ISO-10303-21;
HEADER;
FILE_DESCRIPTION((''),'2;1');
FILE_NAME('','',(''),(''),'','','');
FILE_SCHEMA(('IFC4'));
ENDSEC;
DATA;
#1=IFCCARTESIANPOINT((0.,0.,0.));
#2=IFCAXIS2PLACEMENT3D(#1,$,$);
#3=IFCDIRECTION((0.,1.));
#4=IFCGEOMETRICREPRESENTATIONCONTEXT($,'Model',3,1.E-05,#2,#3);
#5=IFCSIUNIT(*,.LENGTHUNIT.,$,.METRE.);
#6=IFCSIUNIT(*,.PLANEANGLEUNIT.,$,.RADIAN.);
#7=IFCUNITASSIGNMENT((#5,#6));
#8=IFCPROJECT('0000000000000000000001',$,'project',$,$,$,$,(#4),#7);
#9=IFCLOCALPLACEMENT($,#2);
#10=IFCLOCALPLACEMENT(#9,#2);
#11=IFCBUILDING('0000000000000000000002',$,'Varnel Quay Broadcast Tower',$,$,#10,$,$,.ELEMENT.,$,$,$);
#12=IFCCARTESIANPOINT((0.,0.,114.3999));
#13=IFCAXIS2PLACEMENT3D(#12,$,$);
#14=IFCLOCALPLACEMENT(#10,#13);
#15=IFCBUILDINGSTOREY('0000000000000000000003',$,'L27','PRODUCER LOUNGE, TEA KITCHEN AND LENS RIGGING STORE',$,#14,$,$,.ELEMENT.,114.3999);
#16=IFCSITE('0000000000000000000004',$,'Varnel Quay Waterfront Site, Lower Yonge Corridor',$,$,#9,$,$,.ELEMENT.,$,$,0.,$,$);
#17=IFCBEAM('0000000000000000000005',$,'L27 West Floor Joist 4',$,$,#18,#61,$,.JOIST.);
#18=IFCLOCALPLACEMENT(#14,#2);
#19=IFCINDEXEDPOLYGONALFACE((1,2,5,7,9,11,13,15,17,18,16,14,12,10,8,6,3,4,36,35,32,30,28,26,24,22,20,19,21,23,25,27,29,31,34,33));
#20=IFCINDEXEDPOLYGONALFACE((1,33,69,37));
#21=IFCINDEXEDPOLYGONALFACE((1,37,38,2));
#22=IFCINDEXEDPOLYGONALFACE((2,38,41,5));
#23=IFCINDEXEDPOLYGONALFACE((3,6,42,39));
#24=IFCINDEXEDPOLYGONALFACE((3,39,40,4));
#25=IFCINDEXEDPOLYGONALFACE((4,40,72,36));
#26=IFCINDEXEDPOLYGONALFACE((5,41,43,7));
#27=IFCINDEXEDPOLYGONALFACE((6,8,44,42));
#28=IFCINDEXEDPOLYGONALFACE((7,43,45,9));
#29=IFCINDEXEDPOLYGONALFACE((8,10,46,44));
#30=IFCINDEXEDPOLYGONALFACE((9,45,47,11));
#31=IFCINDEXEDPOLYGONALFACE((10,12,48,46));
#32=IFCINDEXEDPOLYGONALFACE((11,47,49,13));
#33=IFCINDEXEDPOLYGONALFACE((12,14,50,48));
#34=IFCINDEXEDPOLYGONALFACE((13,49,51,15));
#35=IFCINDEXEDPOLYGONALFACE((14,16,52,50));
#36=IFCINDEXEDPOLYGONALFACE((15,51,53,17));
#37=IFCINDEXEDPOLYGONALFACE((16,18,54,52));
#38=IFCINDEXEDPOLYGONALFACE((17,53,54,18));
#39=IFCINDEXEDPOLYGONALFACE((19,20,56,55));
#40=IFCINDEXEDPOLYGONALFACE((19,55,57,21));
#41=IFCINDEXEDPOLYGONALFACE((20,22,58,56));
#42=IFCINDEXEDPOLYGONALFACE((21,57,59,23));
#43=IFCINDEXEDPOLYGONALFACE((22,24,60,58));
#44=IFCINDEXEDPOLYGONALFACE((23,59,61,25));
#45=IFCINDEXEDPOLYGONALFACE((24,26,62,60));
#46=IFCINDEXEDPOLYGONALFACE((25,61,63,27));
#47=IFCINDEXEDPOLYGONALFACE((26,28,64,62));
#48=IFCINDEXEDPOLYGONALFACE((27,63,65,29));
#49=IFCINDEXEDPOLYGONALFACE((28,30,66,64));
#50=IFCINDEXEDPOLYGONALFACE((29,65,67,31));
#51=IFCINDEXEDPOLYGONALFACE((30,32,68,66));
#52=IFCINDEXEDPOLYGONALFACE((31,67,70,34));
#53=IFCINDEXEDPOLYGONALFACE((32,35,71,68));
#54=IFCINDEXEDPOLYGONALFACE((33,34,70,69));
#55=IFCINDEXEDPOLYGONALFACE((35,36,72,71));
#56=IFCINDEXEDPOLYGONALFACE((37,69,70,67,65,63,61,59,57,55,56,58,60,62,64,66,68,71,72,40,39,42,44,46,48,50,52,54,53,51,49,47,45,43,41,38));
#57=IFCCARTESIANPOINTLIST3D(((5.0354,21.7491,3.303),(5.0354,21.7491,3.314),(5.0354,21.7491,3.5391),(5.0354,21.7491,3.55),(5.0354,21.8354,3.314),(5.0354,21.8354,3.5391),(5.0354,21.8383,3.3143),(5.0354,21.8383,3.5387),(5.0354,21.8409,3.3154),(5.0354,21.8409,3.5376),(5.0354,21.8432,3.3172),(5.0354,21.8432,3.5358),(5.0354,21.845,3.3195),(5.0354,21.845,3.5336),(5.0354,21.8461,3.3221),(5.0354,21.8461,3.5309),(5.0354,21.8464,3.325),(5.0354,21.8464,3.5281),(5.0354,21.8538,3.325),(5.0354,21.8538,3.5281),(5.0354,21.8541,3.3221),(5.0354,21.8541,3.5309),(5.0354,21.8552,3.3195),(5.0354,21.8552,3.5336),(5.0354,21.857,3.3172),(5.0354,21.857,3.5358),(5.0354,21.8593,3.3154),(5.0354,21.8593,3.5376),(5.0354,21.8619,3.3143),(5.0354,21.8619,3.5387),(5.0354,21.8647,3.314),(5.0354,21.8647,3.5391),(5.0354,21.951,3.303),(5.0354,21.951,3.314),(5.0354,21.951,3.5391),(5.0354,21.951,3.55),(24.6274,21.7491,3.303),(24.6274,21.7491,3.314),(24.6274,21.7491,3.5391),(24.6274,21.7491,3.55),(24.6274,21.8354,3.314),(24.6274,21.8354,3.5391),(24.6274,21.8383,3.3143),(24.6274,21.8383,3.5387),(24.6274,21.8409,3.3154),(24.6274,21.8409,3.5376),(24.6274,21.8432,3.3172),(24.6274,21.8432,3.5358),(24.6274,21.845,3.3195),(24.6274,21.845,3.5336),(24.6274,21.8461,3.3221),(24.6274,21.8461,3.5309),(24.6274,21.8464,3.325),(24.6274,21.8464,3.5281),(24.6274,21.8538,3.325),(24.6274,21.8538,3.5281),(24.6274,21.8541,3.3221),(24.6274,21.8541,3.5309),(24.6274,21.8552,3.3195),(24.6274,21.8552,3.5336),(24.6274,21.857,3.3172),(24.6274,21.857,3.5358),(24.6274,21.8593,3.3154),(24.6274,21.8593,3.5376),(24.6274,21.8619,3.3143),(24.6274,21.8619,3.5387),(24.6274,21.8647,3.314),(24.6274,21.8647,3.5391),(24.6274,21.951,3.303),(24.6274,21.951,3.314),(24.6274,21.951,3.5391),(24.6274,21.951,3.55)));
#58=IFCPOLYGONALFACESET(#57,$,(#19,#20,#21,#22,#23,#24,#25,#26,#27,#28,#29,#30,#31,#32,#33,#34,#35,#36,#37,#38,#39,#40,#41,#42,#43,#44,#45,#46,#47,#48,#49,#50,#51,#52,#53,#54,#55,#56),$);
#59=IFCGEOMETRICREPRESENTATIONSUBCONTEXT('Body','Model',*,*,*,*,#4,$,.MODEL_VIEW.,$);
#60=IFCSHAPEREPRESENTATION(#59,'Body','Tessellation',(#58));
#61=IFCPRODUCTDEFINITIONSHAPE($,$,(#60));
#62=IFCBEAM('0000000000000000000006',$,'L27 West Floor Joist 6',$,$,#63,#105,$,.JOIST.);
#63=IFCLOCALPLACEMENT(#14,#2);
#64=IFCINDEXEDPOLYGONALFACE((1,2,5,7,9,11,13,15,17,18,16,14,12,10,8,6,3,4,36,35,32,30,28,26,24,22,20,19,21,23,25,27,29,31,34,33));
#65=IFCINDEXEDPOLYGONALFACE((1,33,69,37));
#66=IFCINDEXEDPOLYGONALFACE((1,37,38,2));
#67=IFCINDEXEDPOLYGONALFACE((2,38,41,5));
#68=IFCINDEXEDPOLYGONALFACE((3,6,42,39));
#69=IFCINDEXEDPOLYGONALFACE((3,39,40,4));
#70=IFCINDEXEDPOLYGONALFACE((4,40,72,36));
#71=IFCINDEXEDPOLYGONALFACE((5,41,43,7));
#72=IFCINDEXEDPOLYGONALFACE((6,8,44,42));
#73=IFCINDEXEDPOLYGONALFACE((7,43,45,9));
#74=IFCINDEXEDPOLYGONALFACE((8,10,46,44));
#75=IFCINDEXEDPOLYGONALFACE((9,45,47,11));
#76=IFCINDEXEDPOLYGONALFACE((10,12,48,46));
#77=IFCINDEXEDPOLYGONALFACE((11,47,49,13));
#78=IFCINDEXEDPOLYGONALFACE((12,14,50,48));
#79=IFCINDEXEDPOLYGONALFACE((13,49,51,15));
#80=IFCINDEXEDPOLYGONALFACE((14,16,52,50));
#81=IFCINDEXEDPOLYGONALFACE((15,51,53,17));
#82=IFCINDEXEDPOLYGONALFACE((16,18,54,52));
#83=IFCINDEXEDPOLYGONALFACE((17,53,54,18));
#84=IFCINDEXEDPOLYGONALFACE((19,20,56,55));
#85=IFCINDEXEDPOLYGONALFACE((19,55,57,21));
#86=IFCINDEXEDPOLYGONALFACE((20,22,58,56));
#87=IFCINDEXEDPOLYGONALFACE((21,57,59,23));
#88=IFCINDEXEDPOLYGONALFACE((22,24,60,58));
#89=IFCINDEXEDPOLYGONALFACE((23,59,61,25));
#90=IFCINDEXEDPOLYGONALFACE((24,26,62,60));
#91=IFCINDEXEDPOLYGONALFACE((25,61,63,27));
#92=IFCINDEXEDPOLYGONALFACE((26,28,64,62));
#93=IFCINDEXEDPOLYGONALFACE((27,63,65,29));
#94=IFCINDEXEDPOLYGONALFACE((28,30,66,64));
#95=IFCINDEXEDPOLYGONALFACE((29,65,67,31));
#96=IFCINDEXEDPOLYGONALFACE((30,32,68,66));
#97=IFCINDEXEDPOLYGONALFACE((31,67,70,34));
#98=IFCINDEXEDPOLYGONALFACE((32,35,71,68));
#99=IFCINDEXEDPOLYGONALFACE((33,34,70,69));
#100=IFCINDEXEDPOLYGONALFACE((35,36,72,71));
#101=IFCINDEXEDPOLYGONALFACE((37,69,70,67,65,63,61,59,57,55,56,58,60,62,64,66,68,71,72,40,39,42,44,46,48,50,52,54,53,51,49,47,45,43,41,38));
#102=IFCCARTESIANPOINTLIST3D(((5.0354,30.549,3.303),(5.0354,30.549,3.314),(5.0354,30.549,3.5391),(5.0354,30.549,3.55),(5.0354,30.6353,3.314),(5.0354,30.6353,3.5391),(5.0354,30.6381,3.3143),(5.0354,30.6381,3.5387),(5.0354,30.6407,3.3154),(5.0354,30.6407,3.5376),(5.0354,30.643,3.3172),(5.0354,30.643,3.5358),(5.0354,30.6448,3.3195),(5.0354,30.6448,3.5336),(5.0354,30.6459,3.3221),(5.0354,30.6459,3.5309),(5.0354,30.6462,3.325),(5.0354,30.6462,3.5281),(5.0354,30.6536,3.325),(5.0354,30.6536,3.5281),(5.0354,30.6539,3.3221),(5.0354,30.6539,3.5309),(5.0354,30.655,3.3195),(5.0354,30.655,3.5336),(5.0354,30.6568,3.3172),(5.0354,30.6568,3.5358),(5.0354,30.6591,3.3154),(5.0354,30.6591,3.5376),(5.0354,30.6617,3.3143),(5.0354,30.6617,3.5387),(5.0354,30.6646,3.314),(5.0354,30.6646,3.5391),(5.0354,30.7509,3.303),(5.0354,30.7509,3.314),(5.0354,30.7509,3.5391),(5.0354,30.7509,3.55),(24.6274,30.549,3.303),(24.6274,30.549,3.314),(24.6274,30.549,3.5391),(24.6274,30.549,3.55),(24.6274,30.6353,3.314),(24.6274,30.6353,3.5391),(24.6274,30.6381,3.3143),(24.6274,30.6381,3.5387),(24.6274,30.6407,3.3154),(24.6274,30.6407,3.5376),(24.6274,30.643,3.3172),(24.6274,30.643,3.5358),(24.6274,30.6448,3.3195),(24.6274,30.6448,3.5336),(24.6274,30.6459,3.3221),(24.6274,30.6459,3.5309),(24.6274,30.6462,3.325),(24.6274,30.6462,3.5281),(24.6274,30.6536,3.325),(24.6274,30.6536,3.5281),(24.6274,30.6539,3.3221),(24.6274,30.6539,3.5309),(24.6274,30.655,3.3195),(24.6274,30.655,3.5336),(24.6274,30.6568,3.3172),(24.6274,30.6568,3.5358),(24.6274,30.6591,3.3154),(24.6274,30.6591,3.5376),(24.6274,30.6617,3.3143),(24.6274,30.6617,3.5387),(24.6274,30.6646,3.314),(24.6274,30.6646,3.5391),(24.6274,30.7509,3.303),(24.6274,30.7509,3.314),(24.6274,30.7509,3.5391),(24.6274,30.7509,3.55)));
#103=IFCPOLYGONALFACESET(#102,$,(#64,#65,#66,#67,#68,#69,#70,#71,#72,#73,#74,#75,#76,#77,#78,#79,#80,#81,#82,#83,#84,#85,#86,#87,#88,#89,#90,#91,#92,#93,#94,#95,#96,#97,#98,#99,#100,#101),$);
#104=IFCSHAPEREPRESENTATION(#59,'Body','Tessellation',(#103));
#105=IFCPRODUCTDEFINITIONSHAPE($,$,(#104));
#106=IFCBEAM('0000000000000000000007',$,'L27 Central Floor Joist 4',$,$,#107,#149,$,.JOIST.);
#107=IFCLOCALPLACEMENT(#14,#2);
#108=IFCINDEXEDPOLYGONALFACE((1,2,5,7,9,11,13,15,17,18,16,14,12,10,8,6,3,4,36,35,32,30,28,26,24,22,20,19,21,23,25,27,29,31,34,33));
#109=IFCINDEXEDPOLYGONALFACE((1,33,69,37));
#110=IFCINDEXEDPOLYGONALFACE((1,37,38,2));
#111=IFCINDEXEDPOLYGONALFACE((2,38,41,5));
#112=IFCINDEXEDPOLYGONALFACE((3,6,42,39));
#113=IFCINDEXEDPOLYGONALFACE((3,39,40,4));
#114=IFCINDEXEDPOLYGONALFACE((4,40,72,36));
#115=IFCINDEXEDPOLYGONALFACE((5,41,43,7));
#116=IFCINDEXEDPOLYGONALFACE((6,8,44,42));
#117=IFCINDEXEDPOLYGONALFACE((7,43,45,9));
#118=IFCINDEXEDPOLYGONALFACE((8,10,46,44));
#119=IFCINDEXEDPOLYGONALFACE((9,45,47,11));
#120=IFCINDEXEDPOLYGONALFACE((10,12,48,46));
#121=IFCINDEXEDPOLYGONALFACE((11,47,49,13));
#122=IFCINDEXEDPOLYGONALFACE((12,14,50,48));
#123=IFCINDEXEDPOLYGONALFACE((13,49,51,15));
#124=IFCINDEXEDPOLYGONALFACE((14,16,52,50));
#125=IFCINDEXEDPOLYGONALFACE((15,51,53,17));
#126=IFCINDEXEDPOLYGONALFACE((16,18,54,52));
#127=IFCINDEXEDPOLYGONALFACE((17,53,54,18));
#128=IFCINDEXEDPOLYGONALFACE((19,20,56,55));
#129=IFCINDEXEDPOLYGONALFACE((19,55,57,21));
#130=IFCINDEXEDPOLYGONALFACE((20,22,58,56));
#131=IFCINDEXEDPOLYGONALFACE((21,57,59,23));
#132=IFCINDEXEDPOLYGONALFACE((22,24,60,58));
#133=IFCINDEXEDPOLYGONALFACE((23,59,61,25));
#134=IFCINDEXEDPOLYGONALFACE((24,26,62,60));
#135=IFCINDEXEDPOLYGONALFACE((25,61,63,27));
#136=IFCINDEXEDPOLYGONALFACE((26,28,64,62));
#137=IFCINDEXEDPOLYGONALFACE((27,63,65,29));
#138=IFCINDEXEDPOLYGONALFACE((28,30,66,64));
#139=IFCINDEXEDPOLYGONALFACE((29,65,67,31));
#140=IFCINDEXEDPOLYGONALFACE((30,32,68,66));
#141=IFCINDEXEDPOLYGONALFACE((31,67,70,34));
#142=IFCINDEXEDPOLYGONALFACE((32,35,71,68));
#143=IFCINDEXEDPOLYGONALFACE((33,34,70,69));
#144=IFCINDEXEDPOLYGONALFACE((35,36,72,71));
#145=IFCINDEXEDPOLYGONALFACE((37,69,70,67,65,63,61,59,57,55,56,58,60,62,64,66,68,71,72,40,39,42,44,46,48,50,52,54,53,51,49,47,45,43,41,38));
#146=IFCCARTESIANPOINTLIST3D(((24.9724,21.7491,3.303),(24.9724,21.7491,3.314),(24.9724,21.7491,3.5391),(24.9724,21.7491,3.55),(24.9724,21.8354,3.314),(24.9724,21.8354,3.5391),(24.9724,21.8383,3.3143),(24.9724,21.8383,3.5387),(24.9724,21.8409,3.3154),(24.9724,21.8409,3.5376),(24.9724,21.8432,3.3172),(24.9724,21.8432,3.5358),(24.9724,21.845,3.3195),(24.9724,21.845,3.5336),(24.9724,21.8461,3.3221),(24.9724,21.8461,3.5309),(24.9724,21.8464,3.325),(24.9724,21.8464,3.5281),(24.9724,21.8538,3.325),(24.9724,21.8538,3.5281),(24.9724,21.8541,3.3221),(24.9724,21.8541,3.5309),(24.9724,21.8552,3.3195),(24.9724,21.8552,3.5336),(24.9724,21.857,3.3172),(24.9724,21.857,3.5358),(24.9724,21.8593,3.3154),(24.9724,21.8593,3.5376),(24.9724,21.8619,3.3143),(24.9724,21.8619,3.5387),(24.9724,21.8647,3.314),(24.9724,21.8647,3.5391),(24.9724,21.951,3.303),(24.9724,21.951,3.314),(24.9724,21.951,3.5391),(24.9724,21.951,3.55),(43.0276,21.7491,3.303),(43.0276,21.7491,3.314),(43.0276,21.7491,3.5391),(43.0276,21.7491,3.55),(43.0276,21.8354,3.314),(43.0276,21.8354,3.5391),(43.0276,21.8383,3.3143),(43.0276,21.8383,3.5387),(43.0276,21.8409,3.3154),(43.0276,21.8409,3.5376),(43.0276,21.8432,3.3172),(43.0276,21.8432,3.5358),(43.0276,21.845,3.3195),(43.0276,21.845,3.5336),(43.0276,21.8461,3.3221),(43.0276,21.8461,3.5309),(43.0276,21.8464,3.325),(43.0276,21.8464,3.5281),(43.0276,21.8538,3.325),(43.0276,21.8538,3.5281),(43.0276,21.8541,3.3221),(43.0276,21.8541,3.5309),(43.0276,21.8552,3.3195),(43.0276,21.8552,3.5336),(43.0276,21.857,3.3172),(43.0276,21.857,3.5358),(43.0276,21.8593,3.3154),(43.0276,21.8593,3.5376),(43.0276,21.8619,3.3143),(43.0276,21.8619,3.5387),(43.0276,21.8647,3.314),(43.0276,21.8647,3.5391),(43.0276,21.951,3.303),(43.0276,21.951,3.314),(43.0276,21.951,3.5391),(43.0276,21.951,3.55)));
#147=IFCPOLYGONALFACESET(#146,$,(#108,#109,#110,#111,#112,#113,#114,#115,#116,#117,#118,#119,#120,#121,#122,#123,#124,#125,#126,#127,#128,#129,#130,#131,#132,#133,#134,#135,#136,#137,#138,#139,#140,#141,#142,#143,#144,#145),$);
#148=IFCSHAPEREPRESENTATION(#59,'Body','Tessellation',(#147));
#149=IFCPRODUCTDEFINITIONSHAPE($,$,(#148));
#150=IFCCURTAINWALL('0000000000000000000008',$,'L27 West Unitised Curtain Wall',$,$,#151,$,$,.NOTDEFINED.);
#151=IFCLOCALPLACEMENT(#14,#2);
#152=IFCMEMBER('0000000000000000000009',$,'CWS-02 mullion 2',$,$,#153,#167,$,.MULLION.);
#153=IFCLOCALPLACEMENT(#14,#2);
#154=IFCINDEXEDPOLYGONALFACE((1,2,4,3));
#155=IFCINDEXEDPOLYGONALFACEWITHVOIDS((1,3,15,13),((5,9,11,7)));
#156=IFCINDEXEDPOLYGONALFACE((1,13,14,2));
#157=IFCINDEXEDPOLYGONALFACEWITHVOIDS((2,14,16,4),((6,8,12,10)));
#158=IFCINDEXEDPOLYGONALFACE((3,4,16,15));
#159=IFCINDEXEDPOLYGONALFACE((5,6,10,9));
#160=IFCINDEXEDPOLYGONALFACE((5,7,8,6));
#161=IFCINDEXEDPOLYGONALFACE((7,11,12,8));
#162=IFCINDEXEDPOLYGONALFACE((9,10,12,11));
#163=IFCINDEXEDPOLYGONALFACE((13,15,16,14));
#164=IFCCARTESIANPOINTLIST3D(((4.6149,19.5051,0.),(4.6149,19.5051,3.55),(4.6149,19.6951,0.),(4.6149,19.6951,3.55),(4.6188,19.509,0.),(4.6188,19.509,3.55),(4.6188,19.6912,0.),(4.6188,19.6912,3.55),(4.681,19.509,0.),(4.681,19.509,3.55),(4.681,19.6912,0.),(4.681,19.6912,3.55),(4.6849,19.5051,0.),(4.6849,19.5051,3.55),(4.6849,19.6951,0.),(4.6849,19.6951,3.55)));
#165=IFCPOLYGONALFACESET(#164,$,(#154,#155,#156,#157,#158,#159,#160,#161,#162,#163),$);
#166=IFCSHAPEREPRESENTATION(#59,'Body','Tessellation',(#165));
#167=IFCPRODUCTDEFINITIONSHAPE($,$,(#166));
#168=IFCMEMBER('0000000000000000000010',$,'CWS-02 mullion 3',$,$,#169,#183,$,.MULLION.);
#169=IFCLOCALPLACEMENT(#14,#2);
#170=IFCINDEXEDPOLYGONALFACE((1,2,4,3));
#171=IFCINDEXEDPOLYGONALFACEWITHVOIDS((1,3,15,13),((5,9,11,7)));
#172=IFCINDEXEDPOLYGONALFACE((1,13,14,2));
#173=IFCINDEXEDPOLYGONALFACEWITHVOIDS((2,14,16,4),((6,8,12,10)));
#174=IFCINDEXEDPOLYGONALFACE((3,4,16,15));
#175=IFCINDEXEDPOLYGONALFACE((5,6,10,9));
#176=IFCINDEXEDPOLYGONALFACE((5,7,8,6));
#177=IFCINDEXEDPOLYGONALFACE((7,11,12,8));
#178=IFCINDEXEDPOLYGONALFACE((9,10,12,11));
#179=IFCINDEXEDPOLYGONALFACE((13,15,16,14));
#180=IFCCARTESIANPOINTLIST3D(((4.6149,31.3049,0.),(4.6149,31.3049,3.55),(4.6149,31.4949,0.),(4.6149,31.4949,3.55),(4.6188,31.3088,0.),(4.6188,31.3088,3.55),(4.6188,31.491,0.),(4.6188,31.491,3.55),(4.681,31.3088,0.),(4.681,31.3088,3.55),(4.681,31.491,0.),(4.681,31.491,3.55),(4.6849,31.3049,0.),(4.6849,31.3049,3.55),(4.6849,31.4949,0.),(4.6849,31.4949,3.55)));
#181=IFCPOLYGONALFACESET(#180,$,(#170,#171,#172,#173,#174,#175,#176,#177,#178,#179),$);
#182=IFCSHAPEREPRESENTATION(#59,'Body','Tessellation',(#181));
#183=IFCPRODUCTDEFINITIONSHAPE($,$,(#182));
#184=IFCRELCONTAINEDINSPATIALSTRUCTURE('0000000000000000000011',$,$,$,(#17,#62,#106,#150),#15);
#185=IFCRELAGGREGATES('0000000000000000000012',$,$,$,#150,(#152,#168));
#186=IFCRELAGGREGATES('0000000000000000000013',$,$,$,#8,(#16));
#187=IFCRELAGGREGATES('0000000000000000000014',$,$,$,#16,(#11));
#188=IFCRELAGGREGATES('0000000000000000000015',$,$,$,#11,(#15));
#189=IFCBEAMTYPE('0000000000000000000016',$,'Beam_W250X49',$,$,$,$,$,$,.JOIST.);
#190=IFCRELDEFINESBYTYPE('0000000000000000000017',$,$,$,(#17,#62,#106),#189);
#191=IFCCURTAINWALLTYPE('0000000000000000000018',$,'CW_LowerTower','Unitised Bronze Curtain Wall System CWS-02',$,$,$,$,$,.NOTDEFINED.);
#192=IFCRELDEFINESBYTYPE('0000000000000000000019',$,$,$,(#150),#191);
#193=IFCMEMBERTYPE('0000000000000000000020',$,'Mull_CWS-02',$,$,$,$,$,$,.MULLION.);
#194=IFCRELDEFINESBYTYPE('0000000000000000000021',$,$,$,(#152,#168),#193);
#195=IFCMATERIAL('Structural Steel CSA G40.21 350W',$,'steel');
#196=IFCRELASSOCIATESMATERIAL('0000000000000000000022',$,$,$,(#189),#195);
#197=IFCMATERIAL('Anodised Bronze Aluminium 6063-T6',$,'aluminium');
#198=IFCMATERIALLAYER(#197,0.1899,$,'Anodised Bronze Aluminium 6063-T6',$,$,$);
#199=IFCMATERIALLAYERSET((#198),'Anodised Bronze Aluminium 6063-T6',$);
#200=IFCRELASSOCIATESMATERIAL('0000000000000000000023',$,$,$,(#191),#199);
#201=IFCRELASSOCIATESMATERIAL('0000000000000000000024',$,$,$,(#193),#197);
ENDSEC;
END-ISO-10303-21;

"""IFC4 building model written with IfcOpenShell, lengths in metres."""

from ifc_helpers import new_model, si_unit, direction, frame, origin, origin_2d, place, context, subcontext, project, spatial, hollow_rectangle, i_section, extrude, source, transform, mapped, material, layer, layer_set, material_profile, profile_set, type_object, type_shapes, element, aggregate, save


model = new_model("IFC4")

# Units and contexts
model_context = context("Model", 3, precision=1e-05, world=origin(), true_north=direction((0.0, 1.0)))
body_context = subcontext(model_context, "Body", "Model", "MODEL_VIEW")
ifc_project = project(units=[si_unit("LENGTHUNIT", "METRE"), si_unit("PLANEANGLEUNIT", "RADIAN")], contexts=[model_context])

# Site, building, storey
site_placement = place(None, origin())
site = spatial("IfcSite", under=ifc_project, at=site_placement, Name="Varnel Quay Waterfront Site, Lower Yonge Corridor", CompositionType="ELEMENT", RefElevation=0.0)
building_placement = place(site_placement, origin())
building = spatial("IfcBuilding", under=site, at=building_placement, Name="Varnel Quay Broadcast Tower", CompositionType="ELEMENT")
storey_placement = place(building_placement, frame((0.0, 0.0, 114.3999)))
storey = spatial("IfcBuildingStorey", under=building, at=storey_placement, Name="L27", Description="PRODUCER LOUNGE, TEA KITCHEN AND LENS RIGGING STORE", CompositionType="ELEMENT", Elevation=114.3999)

# Shared definitions
ifc_material_1 = material(Name="Structural Steel CSA G40.21 350W", Category="steel")

# Beams
ifc_material_profile_1 = material_profile(ifc_material_1, i_section(OverallWidth=0.2019, OverallDepth=0.2471, WebThickness=0.0073, FlangeThickness=0.011, FilletRadius=0.011, at=origin_2d()), Name="W250X49")
ifc_profile_set_1 = profile_set([ifc_material_profile_1], Name="Structural Steel CSA G40.21 350W")
beam_type_1 = type_object("IfcBeamType", Name="Beam_W250X49", PredefinedType="JOIST", material=ifc_profile_set_1)
shared_shape_1 = source(origin(), body_context, "Body", "SweptSolid", [
    extrude(i_section(OverallWidth=0.2019, OverallDepth=0.2471, WebThickness=0.0073, FlangeThickness=0.011, FilletRadius=0.011, at=origin_2d()), origin(), (0.0, 0.0, 1.0), 19.592),
])
for number, where, z_axis, x_axis, name in (
    (1, (5.0354, 21.8501, 3.4265), (1.0, 0.0, 0.0), (0.0, 1.0, 0.0), "L27 West Floor Joist 4"),
    (2, (5.0354, 30.6499, 3.4265), (1.0, 0.0, 0.0), (0.0, 1.0, 0.0), "L27 West Floor Joist 6"),
):
    element("IfcBeam", number, at=place(storey_placement, frame(where, z_axis=z_axis, x_axis=x_axis)), inside=storey, type_object=beam_type_1, Name=name, PredefinedType="JOIST", context=body_context, shape_type="MappedRepresentation", body=[
        mapped(shared_shape_1, transform((0.0, 0.0, 0.0), x_axis=(1.0, 0.0, 0.0), y_axis=(0.0, 1.0, 0.0), z_axis=(0.0, 0.0, 1.0), scale=1.0)),
    ])
shared_shape_2 = source(origin(), body_context, "Body", "SweptSolid", [
    extrude(i_section(OverallWidth=0.2019, OverallDepth=0.2471, WebThickness=0.0073, FlangeThickness=0.011, FilletRadius=0.011, at=origin_2d()), origin(), (0.0, 0.0, 1.0), 18.0552),
])
type_shapes(beam_type_1, [shared_shape_1, shared_shape_2])
beam_1_placement = place(storey_placement, frame((24.9724, 21.8501, 3.4265), z_axis=(1.0, 0.0, 0.0), x_axis=(0.0, 1.0, 0.0)))
element("IfcBeam", 3, at=beam_1_placement, inside=storey, type_object=beam_type_1, Name="L27 Central Floor Joist 4", PredefinedType="JOIST", context=body_context, shape_type="MappedRepresentation", body=[
    mapped(shared_shape_2, transform((0.0, 0.0, 0.0), x_axis=(1.0, 0.0, 0.0), y_axis=(0.0, 1.0, 0.0), z_axis=(0.0, 0.0, 1.0), scale=1.0)),
])

# Curtain wall, members
ifc_material_2 = material(Name="Anodised Bronze Aluminium 6063-T6", Category="aluminium")
ifc_layer_1 = layer(ifc_material_2, 0.1899, Name="Anodised Bronze Aluminium 6063-T6")
ifc_layer_set_1 = layer_set([ifc_layer_1], Name="Anodised Bronze Aluminium 6063-T6")
curtain_wall_type = type_object("IfcCurtainWallType", Name="CW_LowerTower", Description="Unitised Bronze Curtain Wall System CWS-02", PredefinedType="NOTDEFINED", material=ifc_layer_set_1)
curtain_wall_placement = place(storey_placement, origin())
curtain_wall = element("IfcCurtainWall", 4, at=curtain_wall_placement, inside=storey, type_object=curtain_wall_type, Name="L27 West Unitised Curtain Wall", PredefinedType="NOTDEFINED")
ifc_material_profile_2 = material_profile(ifc_material_2, hollow_rectangle(XDim=0.0701, YDim=0.1899, WallThickness=0.0039, at=origin_2d()), Name="ALU70X190X4")
ifc_profile_set_2 = profile_set([ifc_material_profile_2], Name="Anodised Bronze Aluminium 6063-T6")
member_type_1 = type_object("IfcMemberType", Name="Mull_CWS-02", PredefinedType="MULLION", material=ifc_profile_set_2)
shared_shape_3 = source(origin(), body_context, "Body", "SweptSolid", [
    extrude(hollow_rectangle(XDim=0.0701, YDim=0.1899, WallThickness=0.0039, at=origin_2d()), origin(), (0.0, 0.0, 1.0), 3.55),
])
type_shapes(member_type_1, [shared_shape_3])
member_1_placement = place(storey_placement, frame((4.6499, 19.6001, 0.0), z_axis=(0.0, 0.0, 1.0), x_axis=(-1.0, 0.0, 0.0)))
member_1 = element("IfcMember", 5, at=member_1_placement, type_object=member_type_1, Name="CWS-02 mullion 2", PredefinedType="MULLION", context=body_context, shape_type="MappedRepresentation", body=[
    mapped(shared_shape_3, transform((0.0, 0.0, 0.0), x_axis=(1.0, 0.0, 0.0), y_axis=(0.0, 1.0, 0.0), z_axis=(0.0, 0.0, 1.0), scale=1.0)),
])
member_2_placement = place(storey_placement, frame((4.6499, 31.3999, 0.0), z_axis=(0.0, 0.0, 1.0), x_axis=(-1.0, 0.0, 0.0)))
member_2 = element("IfcMember", 6, at=member_2_placement, type_object=member_type_1, Name="CWS-02 mullion 3", PredefinedType="MULLION", context=body_context, shape_type="MappedRepresentation", body=[
    mapped(shared_shape_3, transform((0.0, 0.0, 0.0), x_axis=(1.0, 0.0, 0.0), y_axis=(0.0, 1.0, 0.0), z_axis=(0.0, 0.0, 1.0), scale=1.0)),
])

aggregate(curtain_wall, [member_1, member_2])

save(model, "model.ifc")
